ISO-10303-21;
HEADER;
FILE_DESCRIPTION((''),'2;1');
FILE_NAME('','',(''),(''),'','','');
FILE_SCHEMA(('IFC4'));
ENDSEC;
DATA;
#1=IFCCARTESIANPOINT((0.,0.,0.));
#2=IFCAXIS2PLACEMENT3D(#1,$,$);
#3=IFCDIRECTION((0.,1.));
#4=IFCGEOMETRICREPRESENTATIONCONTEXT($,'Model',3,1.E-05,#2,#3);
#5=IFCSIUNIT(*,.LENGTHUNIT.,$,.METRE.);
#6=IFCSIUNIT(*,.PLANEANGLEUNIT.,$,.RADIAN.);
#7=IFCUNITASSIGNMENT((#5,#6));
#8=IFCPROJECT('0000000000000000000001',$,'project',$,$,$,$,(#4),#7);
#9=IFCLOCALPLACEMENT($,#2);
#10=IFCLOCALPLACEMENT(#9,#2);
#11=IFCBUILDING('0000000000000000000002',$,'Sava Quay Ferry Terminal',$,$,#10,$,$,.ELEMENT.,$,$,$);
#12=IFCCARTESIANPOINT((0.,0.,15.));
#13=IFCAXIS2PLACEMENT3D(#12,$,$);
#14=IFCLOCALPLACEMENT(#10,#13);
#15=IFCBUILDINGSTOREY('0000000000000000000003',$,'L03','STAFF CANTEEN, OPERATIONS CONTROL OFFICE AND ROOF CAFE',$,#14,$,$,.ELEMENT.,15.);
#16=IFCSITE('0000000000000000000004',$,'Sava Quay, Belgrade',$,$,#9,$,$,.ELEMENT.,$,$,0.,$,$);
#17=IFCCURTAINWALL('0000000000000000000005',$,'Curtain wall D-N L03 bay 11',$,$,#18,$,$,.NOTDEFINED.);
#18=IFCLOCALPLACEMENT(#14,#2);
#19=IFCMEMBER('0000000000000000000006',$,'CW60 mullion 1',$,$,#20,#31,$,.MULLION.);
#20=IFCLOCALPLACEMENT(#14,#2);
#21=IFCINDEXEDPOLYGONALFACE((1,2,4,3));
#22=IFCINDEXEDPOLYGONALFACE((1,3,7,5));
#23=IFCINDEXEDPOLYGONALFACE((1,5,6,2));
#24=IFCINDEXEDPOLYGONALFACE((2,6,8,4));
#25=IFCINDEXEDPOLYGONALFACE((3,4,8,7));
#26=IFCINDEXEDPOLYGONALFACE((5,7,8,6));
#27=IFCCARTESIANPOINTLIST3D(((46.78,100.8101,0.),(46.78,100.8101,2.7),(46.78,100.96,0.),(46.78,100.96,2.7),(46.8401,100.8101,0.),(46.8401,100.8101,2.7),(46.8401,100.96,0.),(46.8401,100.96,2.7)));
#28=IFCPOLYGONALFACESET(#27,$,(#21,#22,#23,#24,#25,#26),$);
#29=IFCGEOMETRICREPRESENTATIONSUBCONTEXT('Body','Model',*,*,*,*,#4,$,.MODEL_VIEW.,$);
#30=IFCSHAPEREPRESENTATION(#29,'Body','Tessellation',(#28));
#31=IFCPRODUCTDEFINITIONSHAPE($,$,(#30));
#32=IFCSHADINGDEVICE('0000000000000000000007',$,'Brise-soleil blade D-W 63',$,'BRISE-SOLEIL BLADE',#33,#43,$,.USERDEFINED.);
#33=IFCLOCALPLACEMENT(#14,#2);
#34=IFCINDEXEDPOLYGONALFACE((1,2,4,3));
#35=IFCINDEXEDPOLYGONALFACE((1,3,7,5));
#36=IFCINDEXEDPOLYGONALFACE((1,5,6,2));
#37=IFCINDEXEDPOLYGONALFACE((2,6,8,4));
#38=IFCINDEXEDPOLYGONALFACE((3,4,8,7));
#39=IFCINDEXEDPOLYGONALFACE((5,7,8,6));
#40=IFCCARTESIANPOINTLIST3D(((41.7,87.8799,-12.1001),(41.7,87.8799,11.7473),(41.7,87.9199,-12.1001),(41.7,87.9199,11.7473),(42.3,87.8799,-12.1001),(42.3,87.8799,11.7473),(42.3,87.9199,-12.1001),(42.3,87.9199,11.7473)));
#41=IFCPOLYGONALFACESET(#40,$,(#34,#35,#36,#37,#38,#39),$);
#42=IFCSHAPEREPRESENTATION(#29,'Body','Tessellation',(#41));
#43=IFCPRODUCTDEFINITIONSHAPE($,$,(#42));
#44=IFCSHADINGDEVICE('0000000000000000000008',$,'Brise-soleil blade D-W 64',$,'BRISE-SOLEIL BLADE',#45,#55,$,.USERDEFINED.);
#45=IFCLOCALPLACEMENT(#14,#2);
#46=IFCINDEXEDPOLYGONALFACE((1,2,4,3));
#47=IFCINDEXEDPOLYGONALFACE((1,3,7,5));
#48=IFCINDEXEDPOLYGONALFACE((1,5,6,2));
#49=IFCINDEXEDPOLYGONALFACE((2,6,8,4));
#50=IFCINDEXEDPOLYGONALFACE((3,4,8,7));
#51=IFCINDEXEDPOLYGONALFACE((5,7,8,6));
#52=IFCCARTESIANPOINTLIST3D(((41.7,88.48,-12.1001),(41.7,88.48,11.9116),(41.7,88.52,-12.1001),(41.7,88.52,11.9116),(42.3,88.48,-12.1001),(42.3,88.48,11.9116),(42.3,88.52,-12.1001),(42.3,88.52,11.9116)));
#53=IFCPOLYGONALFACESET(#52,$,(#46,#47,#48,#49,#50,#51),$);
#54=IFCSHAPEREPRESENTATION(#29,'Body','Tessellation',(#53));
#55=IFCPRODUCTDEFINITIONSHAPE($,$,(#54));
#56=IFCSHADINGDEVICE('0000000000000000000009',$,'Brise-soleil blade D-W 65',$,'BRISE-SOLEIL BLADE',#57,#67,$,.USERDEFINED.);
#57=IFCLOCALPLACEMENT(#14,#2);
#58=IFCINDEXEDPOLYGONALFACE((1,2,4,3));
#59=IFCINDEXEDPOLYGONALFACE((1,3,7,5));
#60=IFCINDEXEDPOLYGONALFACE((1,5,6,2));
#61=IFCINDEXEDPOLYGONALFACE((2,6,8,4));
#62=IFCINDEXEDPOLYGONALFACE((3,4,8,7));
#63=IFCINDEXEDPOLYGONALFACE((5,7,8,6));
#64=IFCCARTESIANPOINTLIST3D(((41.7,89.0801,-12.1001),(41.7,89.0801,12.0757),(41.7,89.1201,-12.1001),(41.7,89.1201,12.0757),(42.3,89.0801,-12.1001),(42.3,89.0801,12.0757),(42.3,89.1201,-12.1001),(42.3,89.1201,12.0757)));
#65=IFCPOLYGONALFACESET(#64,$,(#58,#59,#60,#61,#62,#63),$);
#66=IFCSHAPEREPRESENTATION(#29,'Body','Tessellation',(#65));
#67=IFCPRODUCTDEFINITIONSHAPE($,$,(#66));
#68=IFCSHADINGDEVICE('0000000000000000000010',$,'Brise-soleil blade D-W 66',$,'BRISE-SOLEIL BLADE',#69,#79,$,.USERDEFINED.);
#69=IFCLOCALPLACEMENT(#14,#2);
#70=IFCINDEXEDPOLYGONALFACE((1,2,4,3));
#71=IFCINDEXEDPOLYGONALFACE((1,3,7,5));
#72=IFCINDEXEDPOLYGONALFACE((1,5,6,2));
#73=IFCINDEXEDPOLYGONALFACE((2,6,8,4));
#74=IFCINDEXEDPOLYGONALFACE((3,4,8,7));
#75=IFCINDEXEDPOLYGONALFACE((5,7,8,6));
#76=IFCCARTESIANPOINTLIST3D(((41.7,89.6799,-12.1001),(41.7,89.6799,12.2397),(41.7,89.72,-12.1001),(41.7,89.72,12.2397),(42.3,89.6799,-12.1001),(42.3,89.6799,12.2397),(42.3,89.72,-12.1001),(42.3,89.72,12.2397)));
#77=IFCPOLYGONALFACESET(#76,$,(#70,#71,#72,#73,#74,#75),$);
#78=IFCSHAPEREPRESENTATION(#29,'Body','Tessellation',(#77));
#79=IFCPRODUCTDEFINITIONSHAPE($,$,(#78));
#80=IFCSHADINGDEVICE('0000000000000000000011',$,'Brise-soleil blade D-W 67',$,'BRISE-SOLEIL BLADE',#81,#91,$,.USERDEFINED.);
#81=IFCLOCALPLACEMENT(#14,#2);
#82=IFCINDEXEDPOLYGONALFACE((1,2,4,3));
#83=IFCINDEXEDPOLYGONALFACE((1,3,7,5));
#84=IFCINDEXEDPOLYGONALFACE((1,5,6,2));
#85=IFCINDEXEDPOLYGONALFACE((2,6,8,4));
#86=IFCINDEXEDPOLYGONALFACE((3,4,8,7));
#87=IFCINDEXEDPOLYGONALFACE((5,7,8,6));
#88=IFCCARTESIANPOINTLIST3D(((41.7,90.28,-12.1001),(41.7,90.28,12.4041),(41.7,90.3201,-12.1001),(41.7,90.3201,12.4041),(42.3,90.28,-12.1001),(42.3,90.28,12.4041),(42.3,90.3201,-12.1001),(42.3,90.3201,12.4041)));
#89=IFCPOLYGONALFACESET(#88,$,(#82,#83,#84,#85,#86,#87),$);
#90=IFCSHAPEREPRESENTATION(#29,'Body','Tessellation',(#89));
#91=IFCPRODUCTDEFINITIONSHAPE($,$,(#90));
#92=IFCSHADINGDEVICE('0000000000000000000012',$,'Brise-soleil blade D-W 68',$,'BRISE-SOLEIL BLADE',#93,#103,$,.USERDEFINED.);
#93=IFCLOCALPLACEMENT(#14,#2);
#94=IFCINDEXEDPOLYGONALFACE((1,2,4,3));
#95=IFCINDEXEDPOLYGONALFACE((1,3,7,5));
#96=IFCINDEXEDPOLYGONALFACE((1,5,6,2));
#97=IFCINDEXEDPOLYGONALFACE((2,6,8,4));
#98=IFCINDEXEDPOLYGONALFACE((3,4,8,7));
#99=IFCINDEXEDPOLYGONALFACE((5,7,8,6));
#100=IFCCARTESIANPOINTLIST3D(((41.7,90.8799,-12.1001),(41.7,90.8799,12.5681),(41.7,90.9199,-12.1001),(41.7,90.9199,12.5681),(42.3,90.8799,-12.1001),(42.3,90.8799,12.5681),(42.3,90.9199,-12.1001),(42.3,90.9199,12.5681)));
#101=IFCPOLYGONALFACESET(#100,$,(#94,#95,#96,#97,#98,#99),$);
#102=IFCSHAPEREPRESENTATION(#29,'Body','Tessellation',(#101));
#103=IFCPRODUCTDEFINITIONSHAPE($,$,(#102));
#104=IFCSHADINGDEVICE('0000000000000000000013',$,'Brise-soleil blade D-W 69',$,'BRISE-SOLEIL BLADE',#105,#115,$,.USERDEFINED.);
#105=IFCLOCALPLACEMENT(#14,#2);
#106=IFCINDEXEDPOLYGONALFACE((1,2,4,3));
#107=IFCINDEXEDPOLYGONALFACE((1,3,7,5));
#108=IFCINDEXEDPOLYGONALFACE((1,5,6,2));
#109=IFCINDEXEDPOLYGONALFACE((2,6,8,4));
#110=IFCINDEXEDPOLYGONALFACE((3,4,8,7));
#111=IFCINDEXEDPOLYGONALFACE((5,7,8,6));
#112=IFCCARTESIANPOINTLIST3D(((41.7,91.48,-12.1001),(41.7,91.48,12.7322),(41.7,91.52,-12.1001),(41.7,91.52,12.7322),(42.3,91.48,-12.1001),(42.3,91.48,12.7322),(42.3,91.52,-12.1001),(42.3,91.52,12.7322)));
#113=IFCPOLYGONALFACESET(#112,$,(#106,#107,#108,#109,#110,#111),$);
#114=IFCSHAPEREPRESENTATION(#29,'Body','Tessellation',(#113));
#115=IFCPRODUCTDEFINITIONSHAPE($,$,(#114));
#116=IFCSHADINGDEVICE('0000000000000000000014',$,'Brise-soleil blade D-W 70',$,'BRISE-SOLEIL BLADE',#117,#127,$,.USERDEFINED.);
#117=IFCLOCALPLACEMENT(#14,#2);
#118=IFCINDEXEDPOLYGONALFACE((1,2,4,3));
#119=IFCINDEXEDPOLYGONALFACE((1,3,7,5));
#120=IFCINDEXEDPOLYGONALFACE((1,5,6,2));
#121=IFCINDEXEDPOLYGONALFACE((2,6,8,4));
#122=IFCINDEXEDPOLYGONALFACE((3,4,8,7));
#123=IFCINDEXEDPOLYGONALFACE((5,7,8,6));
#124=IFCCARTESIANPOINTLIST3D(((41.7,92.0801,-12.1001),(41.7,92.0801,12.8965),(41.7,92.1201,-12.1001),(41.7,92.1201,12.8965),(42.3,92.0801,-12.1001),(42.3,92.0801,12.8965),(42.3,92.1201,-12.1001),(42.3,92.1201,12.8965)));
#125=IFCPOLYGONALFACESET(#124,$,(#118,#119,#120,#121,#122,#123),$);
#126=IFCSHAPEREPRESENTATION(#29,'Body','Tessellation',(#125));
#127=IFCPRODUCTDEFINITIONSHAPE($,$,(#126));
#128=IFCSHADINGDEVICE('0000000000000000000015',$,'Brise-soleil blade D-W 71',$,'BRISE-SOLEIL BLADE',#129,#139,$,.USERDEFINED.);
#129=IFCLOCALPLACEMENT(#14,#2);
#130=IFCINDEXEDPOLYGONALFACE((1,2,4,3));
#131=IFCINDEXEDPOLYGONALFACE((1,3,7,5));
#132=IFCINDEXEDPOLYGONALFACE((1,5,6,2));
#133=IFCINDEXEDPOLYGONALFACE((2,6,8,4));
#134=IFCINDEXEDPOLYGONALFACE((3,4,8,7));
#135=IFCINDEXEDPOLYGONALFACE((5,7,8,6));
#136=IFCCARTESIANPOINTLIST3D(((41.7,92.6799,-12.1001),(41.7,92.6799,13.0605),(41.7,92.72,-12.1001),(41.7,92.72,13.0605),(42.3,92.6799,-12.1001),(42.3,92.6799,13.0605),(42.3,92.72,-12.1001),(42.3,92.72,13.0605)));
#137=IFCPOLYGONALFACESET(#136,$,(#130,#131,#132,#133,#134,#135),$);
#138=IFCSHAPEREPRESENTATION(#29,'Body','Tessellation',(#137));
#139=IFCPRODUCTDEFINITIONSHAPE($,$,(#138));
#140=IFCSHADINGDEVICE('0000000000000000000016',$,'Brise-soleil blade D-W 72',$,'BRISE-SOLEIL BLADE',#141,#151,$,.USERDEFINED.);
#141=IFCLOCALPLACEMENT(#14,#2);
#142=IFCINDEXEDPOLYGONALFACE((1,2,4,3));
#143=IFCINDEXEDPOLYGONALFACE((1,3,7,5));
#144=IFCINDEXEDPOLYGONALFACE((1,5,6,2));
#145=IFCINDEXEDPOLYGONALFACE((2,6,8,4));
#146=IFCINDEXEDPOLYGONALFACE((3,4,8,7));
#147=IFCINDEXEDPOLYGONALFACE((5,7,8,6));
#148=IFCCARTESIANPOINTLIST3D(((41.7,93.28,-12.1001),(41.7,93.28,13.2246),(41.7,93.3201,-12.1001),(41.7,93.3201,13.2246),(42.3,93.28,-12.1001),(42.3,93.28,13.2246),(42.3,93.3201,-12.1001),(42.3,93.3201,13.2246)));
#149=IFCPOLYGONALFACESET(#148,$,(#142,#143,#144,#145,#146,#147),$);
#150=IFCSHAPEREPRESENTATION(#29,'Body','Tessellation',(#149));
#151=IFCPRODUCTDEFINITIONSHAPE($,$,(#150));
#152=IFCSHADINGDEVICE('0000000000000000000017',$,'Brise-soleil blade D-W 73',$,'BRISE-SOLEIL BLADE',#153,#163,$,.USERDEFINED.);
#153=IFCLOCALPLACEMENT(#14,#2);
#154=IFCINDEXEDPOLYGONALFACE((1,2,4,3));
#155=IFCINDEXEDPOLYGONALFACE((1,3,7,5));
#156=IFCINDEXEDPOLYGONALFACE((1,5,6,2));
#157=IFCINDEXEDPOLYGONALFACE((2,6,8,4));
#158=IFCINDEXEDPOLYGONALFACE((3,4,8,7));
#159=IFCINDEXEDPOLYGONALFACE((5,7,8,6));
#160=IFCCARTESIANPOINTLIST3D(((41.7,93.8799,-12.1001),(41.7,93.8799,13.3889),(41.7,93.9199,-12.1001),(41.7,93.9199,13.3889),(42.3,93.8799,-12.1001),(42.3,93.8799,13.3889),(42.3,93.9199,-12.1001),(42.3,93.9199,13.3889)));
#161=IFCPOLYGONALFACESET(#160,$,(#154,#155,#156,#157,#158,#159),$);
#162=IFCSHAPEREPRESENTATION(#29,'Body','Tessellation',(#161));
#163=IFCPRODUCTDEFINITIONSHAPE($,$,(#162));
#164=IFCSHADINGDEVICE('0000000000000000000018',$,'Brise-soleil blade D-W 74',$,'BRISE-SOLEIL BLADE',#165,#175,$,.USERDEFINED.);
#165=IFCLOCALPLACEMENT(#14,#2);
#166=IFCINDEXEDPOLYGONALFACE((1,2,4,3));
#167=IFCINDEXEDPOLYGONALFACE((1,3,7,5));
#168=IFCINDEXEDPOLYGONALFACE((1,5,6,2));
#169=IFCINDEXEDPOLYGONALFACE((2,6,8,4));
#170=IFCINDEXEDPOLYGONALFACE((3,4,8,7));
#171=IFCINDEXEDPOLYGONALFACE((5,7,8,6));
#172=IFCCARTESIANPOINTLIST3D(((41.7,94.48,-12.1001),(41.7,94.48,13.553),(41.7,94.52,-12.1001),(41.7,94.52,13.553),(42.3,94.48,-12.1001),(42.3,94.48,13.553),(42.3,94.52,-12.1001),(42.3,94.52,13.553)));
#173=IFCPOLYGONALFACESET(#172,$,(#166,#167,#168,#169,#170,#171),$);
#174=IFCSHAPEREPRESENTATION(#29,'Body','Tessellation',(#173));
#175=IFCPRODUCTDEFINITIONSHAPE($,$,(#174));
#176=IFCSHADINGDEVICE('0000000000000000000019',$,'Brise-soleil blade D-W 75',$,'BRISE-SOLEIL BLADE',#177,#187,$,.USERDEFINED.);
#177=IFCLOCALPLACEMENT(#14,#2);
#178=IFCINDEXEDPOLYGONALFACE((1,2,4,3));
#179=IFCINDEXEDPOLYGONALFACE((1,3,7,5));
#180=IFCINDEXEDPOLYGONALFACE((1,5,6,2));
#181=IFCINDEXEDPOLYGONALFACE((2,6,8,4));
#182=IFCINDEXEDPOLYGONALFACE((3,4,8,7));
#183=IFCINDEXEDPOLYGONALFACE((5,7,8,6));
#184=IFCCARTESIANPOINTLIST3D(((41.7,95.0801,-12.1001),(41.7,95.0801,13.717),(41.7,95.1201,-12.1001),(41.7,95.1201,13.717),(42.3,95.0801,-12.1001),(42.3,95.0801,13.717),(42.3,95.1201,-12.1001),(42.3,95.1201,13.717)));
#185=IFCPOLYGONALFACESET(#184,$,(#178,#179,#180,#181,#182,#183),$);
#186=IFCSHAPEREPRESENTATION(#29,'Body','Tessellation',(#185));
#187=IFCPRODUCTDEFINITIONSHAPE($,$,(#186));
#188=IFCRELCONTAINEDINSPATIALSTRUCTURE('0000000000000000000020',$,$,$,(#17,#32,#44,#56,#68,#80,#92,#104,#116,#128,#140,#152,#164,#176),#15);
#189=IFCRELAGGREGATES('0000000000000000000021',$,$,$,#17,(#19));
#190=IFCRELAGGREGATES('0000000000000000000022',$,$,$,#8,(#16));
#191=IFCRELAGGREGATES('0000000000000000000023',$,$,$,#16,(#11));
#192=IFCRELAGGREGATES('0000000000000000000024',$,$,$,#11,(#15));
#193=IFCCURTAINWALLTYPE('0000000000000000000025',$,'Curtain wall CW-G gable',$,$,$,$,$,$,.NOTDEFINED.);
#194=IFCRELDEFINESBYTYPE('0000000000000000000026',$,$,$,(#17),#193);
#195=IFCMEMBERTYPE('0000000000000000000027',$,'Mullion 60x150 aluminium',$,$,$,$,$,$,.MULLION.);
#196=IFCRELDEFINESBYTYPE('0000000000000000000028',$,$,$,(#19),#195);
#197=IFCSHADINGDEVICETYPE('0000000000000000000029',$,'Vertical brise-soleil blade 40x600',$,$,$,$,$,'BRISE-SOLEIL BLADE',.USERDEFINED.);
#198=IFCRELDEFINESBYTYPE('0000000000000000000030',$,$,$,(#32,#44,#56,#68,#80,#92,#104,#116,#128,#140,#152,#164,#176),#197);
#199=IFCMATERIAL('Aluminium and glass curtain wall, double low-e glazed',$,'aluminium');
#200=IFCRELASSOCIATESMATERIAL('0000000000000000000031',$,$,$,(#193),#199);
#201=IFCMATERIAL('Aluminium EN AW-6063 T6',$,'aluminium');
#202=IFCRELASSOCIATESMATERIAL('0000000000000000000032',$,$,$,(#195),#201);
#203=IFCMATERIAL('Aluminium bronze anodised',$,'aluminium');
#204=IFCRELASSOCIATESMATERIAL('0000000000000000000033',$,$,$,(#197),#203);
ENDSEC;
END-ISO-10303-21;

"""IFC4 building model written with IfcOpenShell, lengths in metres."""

from ifc_helpers import new_model, si_unit, direction, frame, origin, origin_2d, place, context, subcontext, project, spatial, rectangle, extrude, material, material_profile, profile_set, type_object, element, aggregate, save


model = new_model("IFC4")

# Units and contexts
model_context = context("Model", 3, precision=1e-05, world=origin(), true_north=direction((0.0, 1.0)))
body_context = subcontext(model_context, "Body", "Model", "MODEL_VIEW")
ifc_project = project(units=[si_unit("LENGTHUNIT", "METRE"), si_unit("PLANEANGLEUNIT", "RADIAN")], contexts=[model_context])

# Site, building, storey
site_placement = place(None, origin())
site = spatial("IfcSite", under=ifc_project, at=site_placement, Name="Sava Quay, Belgrade", CompositionType="ELEMENT", RefElevation=0.0)
building_placement = place(site_placement, origin())
building = spatial("IfcBuilding", under=site, at=building_placement, Name="Sava Quay Ferry Terminal", CompositionType="ELEMENT")
storey_placement = place(building_placement, frame((0.0, 0.0, 15.0)))
storey = spatial("IfcBuildingStorey", under=building, at=storey_placement, Name="L03", Description="STAFF CANTEEN, OPERATIONS CONTROL OFFICE AND ROOF CAFE", CompositionType="ELEMENT", Elevation=15.0)

# Curtain wall, member
ifc_material_1 = material(Name="Aluminium and glass curtain wall, double low-e glazed", Category="aluminium")
curtain_wall_type = type_object("IfcCurtainWallType", Name="Curtain wall CW-G gable", PredefinedType="NOTDEFINED", material=ifc_material_1)
curtain_wall_placement = place(storey_placement, origin())
curtain_wall = element("IfcCurtainWall", 1, at=curtain_wall_placement, inside=storey, type_object=curtain_wall_type, Name="Curtain wall D-N L03 bay 11", PredefinedType="NOTDEFINED")
ifc_material_2 = material(Name="Aluminium EN AW-6063 T6", Category="aluminium")
ifc_material_profile_1 = material_profile(ifc_material_2, rectangle(XDim=0.1499, YDim=0.0601, at=origin_2d()), Name="Mullion 60x150 aluminium")
ifc_profile_set_1 = profile_set([ifc_material_profile_1], Name="Aluminium EN AW-6063 T6")
member_type = type_object("IfcMemberType", Name="Mullion 60x150 aluminium", PredefinedType="MULLION", material=ifc_profile_set_1)
member_placement = place(storey_placement, frame((46.8101, 100.885, 0.0), z_axis=(0.0, 0.0, 1.0), x_axis=(0.0, 1.0, 0.0)))
member = element("IfcMember", 2, at=member_placement, type_object=member_type, Name="CW60 mullion 1", PredefinedType="MULLION", context=body_context, shape_type="SweptSolid", body=[
    extrude(rectangle(XDim=0.1499, YDim=0.0601, at=origin_2d()), origin(), (0.0, 0.0, 1.0), 2.7),
])
aggregate(curtain_wall, [member])

# Shading devices
ifc_material_3 = material(Name="Aluminium bronze anodised", Category="aluminium")
ifc_material_profile_2 = material_profile(ifc_material_3, rectangle(XDim=0.04, YDim=0.6001, at=origin_2d()), Name="Vertical brise-soleil blade 40x600")
ifc_profile_set_2 = profile_set([ifc_material_profile_2], Name="Aluminium bronze anodised")
shading_device_type = type_object("IfcShadingDeviceType", Name="Vertical brise-soleil blade 40x600", ElementType="BRISE-SOLEIL BLADE", PredefinedType="USERDEFINED", material=ifc_profile_set_2)
shading_device_1_placement = place(storey_placement, frame((42.0, 87.8999, -12.1001), z_axis=(0.0, 0.0, 1.0), x_axis=(0.0, 1.0, 0.0)))
element("IfcShadingDevice", 3, at=shading_device_1_placement, inside=storey, type_object=shading_device_type, Name="Brise-soleil blade D-W 63", ObjectType="BRISE-SOLEIL BLADE", PredefinedType="USERDEFINED", context=body_context, shape_type="SweptSolid", body=[
    extrude(rectangle(XDim=0.04, YDim=0.6001, at=origin_2d()), origin(), (0.0, 0.0, 1.0), 23.8474),
])
shading_device_2_placement = place(storey_placement, frame((42.0, 88.5, -12.1001), z_axis=(0.0, 0.0, 1.0), x_axis=(0.0, 1.0, 0.0)))
element("IfcShadingDevice", 4, at=shading_device_2_placement, inside=storey, type_object=shading_device_type, Name="Brise-soleil blade D-W 64", ObjectType="BRISE-SOLEIL BLADE", PredefinedType="USERDEFINED", context=body_context, shape_type="SweptSolid", body=[
    extrude(rectangle(XDim=0.04, YDim=0.6001, at=origin_2d()), origin(), (0.0, 0.0, 1.0), 24.0117),
])
shading_device_3_placement = place(storey_placement, frame((42.0, 89.1001, -12.1001), z_axis=(0.0, 0.0, 1.0), x_axis=(0.0, 1.0, 0.0)))
element("IfcShadingDevice", 5, at=shading_device_3_placement, inside=storey, type_object=shading_device_type, Name="Brise-soleil blade D-W 65", ObjectType="BRISE-SOLEIL BLADE", PredefinedType="USERDEFINED", context=body_context, shape_type="SweptSolid", body=[
    extrude(rectangle(XDim=0.04, YDim=0.6001, at=origin_2d()), origin(), (0.0, 0.0, 1.0), 24.1758),
])
shading_device_4_placement = place(storey_placement, frame((42.0, 89.7, -12.1001), z_axis=(0.0, 0.0, 1.0), x_axis=(0.0, 1.0, 0.0)))
element("IfcShadingDevice", 6, at=shading_device_4_placement, inside=storey, type_object=shading_device_type, Name="Brise-soleil blade D-W 66", ObjectType="BRISE-SOLEIL BLADE", PredefinedType="USERDEFINED", context=body_context, shape_type="SweptSolid", body=[
    extrude(rectangle(XDim=0.04, YDim=0.6001, at=origin_2d()), origin(), (0.0, 0.0, 1.0), 24.3398),
])
shading_device_5_placement = place(storey_placement, frame((42.0, 90.3, -12.1001), z_axis=(0.0, 0.0, 1.0), x_axis=(0.0, 1.0, 0.0)))
element("IfcShadingDevice", 7, at=shading_device_5_placement, inside=storey, type_object=shading_device_type, Name="Brise-soleil blade D-W 67", ObjectType="BRISE-SOLEIL BLADE", PredefinedType="USERDEFINED", context=body_context, shape_type="SweptSolid", body=[
    extrude(rectangle(XDim=0.04, YDim=0.6001, at=origin_2d()), origin(), (0.0, 0.0, 1.0), 24.5042),
])
shading_device_6_placement = place(storey_placement, frame((42.0, 90.8999, -12.1001), z_axis=(0.0, 0.0, 1.0), x_axis=(0.0, 1.0, 0.0)))
element("IfcShadingDevice", 8, at=shading_device_6_placement, inside=storey, type_object=shading_device_type, Name="Brise-soleil blade D-W 68", ObjectType="BRISE-SOLEIL BLADE", PredefinedType="USERDEFINED", context=body_context, shape_type="SweptSolid", body=[
    extrude(rectangle(XDim=0.04, YDim=0.6001, at=origin_2d()), origin(), (0.0, 0.0, 1.0), 24.6682),
])
shading_device_7_placement = place(storey_placement, frame((42.0, 91.5, -12.1001), z_axis=(0.0, 0.0, 1.0), x_axis=(0.0, 1.0, 0.0)))
element("IfcShadingDevice", 9, at=shading_device_7_placement, inside=storey, type_object=shading_device_type, Name="Brise-soleil blade D-W 69", ObjectType="BRISE-SOLEIL BLADE", PredefinedType="USERDEFINED", context=body_context, shape_type="SweptSolid", body=[
    extrude(rectangle(XDim=0.04, YDim=0.6001, at=origin_2d()), origin(), (0.0, 0.0, 1.0), 24.8323),
])
shading_device_8_placement = place(storey_placement, frame((42.0, 92.1001, -12.1001), z_axis=(0.0, 0.0, 1.0), x_axis=(0.0, 1.0, 0.0)))
element("IfcShadingDevice", 10, at=shading_device_8_placement, inside=storey, type_object=shading_device_type, Name="Brise-soleil blade D-W 70", ObjectType="BRISE-SOLEIL BLADE", PredefinedType="USERDEFINED", context=body_context, shape_type="SweptSolid", body=[
    extrude(rectangle(XDim=0.04, YDim=0.6001, at=origin_2d()), origin(), (0.0, 0.0, 1.0), 24.9966),
])
shading_device_9_placement = place(storey_placement, frame((42.0, 92.7, -12.1001), z_axis=(0.0, 0.0, 1.0), x_axis=(0.0, 1.0, 0.0)))
element("IfcShadingDevice", 11, at=shading_device_9_placement, inside=storey, type_object=shading_device_type, Name="Brise-soleil blade D-W 71", ObjectType="BRISE-SOLEIL BLADE", PredefinedType="USERDEFINED", context=body_context, shape_type="SweptSolid", body=[
    extrude(rectangle(XDim=0.04, YDim=0.6001, at=origin_2d()), origin(), (0.0, 0.0, 1.0), 25.1606),
])
shading_device_10_placement = place(storey_placement, frame((42.0, 93.3, -12.1001), z_axis=(0.0, 0.0, 1.0), x_axis=(0.0, 1.0, 0.0)))
element("IfcShadingDevice", 12, at=shading_device_10_placement, inside=storey, type_object=shading_device_type, Name="Brise-soleil blade D-W 72", ObjectType="BRISE-SOLEIL BLADE", PredefinedType="USERDEFINED", context=body_context, shape_type="SweptSolid", body=[
    extrude(rectangle(XDim=0.04, YDim=0.6001, at=origin_2d()), origin(), (0.0, 0.0, 1.0), 25.3247),
])
shading_device_11_placement = place(storey_placement, frame((42.0, 93.8999, -12.1001), z_axis=(0.0, 0.0, 1.0), x_axis=(0.0, 1.0, 0.0)))
element("IfcShadingDevice", 13, at=shading_device_11_placement, inside=storey, type_object=shading_device_type, Name="Brise-soleil blade D-W 73", ObjectType="BRISE-SOLEIL BLADE", PredefinedType="USERDEFINED", context=body_context, shape_type="SweptSolid", body=[
    extrude(rectangle(XDim=0.04, YDim=0.6001, at=origin_2d()), origin(), (0.0, 0.0, 1.0), 25.489),
])
shading_device_12_placement = place(storey_placement, frame((42.0, 94.5, -12.1001), z_axis=(0.0, 0.0, 1.0), x_axis=(0.0, 1.0, 0.0)))
element("IfcShadingDevice", 14, at=shading_device_12_placement, inside=storey, type_object=shading_device_type, Name="Brise-soleil blade D-W 74", ObjectType="BRISE-SOLEIL BLADE", PredefinedType="USERDEFINED", context=body_context, shape_type="SweptSolid", body=[
    extrude(rectangle(XDim=0.04, YDim=0.6001, at=origin_2d()), origin(), (0.0, 0.0, 1.0), 25.6531),
])
shading_device_13_placement = place(storey_placement, frame((42.0, 95.1001, -12.1001), z_axis=(0.0, 0.0, 1.0), x_axis=(0.0, 1.0, 0.0)))
element("IfcShadingDevice", 15, at=shading_device_13_placement, inside=storey, type_object=shading_device_type, Name="Brise-soleil blade D-W 75", ObjectType="BRISE-SOLEIL BLADE", PredefinedType="USERDEFINED", context=body_context, shape_type="SweptSolid", body=[
    extrude(rectangle(XDim=0.04, YDim=0.6001, at=origin_2d()), origin(), (0.0, 0.0, 1.0), 25.8171),
])

save(model, "model.ifc")
